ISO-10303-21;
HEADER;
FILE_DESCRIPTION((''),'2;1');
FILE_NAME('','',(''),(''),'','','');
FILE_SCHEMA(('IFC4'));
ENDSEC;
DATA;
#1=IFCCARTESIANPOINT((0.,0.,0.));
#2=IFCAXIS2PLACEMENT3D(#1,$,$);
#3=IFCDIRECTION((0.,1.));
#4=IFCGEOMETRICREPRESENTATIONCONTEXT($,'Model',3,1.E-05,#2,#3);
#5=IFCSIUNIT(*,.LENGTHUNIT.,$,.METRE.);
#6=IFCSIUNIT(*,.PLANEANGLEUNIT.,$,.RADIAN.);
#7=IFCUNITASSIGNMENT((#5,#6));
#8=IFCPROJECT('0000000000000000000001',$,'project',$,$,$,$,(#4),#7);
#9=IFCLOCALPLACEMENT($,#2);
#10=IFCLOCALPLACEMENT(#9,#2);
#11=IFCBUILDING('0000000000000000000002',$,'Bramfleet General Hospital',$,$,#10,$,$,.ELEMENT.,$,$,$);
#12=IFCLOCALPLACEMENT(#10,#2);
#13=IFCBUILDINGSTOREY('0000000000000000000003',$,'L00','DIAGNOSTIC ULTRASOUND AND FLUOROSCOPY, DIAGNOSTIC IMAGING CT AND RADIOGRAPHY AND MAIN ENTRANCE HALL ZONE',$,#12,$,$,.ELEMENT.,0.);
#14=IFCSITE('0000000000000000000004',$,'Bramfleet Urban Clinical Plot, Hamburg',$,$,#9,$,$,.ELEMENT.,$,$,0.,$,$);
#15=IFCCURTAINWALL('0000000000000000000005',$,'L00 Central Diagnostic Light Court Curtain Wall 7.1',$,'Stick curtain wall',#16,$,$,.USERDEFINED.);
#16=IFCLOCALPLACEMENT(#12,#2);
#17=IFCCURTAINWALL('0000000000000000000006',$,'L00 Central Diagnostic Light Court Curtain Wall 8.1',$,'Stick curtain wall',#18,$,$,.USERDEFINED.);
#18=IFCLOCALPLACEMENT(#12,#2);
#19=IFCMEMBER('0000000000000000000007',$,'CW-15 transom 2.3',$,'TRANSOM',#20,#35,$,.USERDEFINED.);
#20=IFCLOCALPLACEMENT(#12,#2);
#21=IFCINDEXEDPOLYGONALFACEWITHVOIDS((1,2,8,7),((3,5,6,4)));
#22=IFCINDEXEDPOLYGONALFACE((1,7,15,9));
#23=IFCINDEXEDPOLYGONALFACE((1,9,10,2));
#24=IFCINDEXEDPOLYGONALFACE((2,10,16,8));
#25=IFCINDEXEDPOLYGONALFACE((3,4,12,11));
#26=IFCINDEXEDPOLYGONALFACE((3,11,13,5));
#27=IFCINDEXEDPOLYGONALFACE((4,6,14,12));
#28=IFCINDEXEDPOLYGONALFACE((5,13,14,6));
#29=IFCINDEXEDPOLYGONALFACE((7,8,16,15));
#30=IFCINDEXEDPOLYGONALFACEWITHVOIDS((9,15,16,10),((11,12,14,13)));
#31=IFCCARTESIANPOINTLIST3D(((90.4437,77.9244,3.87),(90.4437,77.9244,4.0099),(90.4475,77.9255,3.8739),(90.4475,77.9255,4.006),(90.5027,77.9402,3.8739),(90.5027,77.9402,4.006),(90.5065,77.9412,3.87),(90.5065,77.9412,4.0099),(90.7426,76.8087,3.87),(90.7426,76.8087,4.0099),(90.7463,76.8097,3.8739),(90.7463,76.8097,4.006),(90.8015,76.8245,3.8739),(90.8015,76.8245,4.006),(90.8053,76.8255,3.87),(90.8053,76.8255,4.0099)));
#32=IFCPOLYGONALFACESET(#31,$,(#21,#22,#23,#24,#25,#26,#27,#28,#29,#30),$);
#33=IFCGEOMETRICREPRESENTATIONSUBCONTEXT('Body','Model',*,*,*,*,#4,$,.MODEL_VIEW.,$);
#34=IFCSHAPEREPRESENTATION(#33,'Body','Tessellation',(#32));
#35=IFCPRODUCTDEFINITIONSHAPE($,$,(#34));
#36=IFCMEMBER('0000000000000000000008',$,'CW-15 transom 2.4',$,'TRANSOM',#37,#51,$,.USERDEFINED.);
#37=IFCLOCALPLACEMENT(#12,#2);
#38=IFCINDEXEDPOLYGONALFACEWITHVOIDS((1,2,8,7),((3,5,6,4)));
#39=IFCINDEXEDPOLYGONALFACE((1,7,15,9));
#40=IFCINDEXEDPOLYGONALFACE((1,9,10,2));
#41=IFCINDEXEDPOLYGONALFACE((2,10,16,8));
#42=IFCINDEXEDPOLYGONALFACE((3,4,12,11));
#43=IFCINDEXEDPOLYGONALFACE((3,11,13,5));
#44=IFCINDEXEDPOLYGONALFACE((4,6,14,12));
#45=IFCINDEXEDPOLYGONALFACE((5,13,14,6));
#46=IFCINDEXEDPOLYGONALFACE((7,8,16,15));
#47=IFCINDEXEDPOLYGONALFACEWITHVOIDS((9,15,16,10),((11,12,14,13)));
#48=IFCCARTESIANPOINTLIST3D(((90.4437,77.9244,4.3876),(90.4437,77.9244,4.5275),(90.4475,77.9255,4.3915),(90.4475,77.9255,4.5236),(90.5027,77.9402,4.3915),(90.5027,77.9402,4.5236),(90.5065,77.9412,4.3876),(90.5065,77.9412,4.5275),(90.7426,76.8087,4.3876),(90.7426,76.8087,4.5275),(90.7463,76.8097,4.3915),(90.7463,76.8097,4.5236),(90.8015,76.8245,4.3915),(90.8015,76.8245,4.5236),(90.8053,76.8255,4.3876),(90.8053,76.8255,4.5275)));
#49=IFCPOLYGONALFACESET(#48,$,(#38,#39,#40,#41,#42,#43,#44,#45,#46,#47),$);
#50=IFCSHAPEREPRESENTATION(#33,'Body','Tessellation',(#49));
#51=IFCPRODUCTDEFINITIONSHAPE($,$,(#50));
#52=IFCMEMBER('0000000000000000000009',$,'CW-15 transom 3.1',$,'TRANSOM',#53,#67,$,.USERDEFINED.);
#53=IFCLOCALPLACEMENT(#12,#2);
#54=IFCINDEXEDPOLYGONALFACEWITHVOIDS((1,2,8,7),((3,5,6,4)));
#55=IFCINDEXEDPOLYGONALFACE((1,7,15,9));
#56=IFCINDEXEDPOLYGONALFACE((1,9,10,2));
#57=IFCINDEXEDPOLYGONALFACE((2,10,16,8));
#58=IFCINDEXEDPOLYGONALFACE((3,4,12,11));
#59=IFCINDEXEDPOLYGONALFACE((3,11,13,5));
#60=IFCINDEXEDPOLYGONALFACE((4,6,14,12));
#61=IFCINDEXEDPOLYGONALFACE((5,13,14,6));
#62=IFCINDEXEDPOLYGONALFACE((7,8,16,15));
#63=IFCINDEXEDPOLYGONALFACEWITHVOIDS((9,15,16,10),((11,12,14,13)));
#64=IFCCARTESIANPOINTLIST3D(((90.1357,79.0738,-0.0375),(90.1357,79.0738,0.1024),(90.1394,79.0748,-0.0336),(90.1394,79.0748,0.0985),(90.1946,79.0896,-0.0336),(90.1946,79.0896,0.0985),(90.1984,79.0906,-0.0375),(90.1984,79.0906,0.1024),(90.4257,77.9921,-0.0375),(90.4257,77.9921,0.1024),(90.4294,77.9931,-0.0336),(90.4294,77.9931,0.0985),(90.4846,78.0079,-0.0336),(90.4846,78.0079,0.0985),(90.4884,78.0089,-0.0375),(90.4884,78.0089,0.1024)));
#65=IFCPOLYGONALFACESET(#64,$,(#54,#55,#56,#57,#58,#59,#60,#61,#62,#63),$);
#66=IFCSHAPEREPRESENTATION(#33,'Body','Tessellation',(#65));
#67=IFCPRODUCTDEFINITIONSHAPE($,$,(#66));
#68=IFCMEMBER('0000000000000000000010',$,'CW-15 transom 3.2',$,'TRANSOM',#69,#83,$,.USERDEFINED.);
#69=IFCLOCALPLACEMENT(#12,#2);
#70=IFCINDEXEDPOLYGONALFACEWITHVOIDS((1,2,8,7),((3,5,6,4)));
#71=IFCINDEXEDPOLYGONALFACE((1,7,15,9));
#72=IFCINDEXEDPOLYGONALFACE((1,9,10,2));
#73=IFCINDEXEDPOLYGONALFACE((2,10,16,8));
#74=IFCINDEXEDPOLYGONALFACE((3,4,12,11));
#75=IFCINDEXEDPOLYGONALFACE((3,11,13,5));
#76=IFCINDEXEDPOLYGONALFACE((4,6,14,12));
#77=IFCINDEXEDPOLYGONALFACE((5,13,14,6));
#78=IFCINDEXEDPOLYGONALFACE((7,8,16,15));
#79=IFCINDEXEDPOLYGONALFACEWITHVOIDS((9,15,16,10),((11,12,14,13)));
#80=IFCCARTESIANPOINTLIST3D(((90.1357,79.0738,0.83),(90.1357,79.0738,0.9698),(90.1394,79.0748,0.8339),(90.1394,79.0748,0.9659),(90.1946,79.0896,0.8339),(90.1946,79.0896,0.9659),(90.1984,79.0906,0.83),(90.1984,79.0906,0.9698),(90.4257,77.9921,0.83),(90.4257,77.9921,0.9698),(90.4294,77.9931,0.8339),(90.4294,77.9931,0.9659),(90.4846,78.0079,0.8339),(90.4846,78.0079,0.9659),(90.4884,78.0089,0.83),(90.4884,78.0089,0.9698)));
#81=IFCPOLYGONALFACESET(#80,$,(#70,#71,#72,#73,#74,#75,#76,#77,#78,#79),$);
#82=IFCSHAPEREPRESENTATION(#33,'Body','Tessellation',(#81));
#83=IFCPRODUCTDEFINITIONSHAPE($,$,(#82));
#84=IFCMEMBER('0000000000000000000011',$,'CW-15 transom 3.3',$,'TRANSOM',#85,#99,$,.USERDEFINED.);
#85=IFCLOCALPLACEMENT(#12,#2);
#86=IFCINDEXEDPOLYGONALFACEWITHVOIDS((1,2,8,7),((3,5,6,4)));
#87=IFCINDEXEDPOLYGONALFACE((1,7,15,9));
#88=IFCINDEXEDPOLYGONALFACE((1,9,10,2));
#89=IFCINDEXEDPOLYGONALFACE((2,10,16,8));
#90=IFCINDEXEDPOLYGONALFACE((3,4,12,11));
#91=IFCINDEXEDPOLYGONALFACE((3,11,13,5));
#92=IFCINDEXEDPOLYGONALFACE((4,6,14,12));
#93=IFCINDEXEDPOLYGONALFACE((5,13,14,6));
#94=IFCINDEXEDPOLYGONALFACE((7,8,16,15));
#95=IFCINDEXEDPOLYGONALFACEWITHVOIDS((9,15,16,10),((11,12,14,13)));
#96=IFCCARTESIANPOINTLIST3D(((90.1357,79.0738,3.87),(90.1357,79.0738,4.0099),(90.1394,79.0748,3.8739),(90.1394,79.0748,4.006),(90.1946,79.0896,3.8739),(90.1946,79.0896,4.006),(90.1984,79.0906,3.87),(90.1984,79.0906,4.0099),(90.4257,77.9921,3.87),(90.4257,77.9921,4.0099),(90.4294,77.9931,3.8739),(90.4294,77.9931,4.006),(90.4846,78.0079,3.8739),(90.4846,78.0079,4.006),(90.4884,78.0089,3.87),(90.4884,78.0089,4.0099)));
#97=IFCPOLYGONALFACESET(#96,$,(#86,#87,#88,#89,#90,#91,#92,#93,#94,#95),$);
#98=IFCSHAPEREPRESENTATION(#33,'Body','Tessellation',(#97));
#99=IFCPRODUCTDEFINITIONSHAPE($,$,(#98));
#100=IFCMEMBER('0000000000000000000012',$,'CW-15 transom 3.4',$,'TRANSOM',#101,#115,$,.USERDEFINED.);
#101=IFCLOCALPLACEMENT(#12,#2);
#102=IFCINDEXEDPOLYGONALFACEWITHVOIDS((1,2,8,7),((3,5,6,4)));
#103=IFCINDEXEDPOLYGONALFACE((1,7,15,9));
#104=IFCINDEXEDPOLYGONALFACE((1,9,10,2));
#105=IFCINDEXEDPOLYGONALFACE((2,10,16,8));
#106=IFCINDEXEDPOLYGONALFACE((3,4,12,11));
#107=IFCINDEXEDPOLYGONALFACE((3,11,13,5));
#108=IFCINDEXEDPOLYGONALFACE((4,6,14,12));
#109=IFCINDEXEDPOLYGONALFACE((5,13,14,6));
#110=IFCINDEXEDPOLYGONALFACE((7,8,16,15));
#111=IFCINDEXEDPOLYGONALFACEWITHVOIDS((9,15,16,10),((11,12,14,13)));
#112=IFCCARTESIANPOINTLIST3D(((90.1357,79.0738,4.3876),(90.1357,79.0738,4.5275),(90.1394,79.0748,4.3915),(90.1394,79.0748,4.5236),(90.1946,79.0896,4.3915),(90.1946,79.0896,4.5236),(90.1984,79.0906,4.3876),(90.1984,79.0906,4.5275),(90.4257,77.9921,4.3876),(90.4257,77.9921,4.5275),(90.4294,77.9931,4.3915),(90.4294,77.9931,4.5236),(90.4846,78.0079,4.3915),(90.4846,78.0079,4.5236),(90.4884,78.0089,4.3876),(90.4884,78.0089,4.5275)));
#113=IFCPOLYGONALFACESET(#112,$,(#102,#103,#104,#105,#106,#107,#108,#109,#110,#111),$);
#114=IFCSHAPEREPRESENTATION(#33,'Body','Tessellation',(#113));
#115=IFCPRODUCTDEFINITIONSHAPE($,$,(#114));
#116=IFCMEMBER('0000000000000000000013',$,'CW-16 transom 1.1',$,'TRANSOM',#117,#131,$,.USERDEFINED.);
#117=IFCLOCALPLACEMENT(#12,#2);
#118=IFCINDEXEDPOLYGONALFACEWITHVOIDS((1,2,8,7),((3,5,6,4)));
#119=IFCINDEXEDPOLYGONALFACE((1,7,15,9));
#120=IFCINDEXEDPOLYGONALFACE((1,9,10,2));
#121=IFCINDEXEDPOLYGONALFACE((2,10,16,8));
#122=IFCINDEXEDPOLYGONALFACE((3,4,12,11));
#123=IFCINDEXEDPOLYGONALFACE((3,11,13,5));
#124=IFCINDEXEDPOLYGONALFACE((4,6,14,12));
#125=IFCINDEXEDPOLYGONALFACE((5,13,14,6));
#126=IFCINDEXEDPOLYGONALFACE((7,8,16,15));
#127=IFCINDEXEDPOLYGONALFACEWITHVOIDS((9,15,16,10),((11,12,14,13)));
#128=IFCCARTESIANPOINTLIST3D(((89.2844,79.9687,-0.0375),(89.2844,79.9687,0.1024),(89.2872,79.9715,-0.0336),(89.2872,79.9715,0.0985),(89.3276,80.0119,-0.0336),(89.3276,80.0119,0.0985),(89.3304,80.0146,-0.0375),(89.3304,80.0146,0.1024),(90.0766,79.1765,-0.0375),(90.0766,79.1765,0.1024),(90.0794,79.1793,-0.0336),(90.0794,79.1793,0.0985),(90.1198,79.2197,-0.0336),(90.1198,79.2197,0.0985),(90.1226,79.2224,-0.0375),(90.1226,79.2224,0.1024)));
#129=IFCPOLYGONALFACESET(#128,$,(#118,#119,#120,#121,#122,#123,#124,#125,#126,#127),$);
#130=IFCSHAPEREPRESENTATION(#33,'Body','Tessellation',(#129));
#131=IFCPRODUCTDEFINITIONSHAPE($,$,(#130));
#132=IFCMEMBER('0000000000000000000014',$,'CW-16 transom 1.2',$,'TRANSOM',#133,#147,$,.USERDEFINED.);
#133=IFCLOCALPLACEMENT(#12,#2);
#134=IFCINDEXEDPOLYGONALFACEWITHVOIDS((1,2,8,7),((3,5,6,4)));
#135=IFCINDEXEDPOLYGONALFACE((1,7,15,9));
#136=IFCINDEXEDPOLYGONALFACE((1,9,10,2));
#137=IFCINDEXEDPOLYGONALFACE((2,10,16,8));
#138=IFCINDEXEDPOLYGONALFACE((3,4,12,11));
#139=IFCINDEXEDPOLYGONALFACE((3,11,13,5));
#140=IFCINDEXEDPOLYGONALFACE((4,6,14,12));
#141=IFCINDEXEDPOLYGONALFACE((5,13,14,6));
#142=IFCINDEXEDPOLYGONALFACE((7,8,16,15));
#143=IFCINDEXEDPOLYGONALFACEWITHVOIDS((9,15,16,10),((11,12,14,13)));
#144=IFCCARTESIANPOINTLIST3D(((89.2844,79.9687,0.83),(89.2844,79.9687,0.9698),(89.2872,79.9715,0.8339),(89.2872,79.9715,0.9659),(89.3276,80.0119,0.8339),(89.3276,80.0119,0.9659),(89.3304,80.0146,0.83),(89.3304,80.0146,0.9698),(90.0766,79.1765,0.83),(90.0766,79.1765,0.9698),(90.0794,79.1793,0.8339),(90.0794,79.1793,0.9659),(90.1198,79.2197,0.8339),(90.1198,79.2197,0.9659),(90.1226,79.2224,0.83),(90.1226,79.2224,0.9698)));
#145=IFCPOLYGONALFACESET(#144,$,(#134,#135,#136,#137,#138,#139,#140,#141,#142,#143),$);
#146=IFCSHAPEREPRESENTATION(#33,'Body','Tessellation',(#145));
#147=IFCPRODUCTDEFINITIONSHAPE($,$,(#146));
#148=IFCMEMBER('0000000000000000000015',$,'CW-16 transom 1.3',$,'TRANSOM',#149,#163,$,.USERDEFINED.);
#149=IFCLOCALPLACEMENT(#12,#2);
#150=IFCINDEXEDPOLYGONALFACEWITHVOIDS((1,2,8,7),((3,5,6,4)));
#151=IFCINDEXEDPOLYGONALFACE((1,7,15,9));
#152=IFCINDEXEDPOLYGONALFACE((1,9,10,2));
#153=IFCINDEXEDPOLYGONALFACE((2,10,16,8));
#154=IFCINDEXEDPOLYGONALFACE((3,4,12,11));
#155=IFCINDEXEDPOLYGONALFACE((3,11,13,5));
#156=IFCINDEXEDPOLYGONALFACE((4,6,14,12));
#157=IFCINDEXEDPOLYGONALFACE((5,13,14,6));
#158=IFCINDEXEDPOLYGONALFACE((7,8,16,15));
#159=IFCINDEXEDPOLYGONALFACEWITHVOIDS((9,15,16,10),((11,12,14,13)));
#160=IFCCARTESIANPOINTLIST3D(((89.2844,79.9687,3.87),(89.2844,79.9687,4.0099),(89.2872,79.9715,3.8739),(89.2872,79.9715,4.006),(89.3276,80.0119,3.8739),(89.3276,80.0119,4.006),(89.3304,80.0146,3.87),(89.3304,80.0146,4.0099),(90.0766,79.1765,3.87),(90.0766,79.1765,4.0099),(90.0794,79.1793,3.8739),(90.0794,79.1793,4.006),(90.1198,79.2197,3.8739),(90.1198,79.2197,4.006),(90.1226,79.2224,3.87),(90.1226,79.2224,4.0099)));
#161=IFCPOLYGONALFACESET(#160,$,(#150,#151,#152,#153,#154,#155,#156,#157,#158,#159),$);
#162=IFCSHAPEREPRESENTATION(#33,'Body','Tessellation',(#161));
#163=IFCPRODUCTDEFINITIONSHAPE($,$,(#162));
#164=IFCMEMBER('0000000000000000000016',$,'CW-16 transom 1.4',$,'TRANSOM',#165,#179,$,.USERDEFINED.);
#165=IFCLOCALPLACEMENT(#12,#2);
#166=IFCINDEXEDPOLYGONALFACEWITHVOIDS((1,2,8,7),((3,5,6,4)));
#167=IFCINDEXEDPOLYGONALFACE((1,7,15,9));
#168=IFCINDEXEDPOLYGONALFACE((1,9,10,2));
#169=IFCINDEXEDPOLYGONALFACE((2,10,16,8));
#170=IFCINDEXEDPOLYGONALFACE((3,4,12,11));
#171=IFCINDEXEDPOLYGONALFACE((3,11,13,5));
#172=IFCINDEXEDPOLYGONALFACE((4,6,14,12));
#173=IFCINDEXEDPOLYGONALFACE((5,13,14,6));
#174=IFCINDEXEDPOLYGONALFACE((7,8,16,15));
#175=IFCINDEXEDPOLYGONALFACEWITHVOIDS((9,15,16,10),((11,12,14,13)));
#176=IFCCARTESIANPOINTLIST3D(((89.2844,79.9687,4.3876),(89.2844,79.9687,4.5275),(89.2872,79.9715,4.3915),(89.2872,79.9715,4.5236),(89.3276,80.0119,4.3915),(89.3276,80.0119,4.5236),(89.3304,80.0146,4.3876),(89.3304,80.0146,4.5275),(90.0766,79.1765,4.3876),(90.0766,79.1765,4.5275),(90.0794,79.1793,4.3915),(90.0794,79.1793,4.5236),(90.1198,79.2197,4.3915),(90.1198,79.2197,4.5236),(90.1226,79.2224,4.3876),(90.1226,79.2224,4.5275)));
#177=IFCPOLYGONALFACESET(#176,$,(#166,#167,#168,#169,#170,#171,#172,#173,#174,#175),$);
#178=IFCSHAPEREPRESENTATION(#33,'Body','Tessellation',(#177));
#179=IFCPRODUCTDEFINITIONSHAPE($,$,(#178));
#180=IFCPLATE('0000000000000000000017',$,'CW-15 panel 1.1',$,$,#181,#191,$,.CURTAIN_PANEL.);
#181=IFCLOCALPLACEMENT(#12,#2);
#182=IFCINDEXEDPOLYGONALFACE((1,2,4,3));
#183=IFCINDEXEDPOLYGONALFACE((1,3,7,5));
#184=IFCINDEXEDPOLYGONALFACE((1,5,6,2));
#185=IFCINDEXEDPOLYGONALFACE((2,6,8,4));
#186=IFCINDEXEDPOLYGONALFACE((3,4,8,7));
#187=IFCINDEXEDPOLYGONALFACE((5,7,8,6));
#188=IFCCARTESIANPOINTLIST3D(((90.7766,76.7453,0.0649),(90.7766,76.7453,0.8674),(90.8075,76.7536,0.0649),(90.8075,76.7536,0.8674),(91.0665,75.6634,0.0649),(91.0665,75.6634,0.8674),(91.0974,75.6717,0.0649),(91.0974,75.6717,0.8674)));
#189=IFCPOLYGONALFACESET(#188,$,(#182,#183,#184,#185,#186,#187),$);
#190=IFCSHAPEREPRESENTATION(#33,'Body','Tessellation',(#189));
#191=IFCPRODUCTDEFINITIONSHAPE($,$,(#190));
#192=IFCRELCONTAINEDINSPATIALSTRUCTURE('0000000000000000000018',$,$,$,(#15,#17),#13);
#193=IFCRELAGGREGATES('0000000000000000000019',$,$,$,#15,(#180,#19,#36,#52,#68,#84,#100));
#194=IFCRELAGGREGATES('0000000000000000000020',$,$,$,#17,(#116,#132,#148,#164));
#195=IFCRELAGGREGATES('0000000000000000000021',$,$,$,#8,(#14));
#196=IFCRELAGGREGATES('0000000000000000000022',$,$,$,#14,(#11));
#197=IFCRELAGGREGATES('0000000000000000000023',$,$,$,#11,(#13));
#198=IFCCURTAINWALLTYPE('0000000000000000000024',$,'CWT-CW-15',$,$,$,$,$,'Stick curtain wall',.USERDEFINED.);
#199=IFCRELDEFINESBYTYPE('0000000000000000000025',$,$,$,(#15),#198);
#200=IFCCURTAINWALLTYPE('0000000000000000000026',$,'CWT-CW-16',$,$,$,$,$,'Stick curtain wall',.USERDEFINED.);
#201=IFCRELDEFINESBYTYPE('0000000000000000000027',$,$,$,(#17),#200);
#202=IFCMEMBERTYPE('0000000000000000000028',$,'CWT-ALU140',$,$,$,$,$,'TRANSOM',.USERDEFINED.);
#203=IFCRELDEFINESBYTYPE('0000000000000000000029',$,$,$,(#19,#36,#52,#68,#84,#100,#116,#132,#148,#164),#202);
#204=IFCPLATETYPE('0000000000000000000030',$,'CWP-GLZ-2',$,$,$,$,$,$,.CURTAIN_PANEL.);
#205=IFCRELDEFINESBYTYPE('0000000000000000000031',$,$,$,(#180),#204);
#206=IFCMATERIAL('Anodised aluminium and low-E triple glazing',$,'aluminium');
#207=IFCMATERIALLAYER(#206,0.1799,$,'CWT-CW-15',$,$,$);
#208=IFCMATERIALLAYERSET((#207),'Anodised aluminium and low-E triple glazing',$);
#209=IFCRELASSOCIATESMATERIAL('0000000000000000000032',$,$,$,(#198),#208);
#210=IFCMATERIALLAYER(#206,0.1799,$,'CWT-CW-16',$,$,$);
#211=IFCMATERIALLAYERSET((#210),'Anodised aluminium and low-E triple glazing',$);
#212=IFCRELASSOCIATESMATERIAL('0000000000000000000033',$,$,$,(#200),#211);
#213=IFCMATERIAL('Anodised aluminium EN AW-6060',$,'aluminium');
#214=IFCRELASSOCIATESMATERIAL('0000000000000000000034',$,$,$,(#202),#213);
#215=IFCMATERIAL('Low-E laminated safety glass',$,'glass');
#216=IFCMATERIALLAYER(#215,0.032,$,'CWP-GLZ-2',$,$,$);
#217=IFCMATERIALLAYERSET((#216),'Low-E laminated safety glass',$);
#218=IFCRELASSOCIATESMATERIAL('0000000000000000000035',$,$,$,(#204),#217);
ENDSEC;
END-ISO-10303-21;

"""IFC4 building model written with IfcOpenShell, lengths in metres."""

from ifc_helpers import new_model, si_unit, direction, frame, origin, origin_2d, place, context, subcontext, project, spatial, rectangle, hollow_rectangle, extrude, material, layer, layer_set, material_profile, profile_set, type_object, element, aggregate, save


model = new_model("IFC4")

# Units and contexts
model_context = context("Model", 3, precision=1e-05, world=origin(), true_north=direction((0.0, 1.0)))
body_context = subcontext(model_context, "Body", "Model", "MODEL_VIEW")
ifc_project = project(units=[si_unit("LENGTHUNIT", "METRE"), si_unit("PLANEANGLEUNIT", "RADIAN")], contexts=[model_context])

# Site, building, storey
site_placement = place(None, origin())
site = spatial("IfcSite", under=ifc_project, at=site_placement, Name="Bramfleet Urban Clinical Plot, Hamburg", CompositionType="ELEMENT", RefElevation=0.0)
building_placement = place(site_placement, origin())
building = spatial("IfcBuilding", under=site, at=building_placement, Name="Bramfleet General Hospital", CompositionType="ELEMENT")
storey_placement = place(building_placement, origin())
storey = spatial("IfcBuildingStorey", under=building, at=storey_placement, Name="L00", Description="DIAGNOSTIC ULTRASOUND AND FLUOROSCOPY, DIAGNOSTIC IMAGING CT AND RADIOGRAPHY AND MAIN ENTRANCE HALL ZONE", CompositionType="ELEMENT", Elevation=0.0)

# Curtain wall
ifc_material_1 = material(Name="Anodised aluminium and low-E triple glazing", Category="aluminium")
ifc_layer_1 = layer(ifc_material_1, 0.1799, Name="CWT-CW-15")
ifc_layer_set_1 = layer_set([ifc_layer_1], Name="Anodised aluminium and low-E triple glazing")
curtain_wall_type_1 = type_object("IfcCurtainWallType", Name="CWT-CW-15", ElementType="Stick curtain wall", PredefinedType="USERDEFINED", material=ifc_layer_set_1)
curtain_wall_1_placement = place(storey_placement, origin())
curtain_wall_1 = element("IfcCurtainWall", 1, at=curtain_wall_1_placement, inside=storey, type_object=curtain_wall_type_1, Name="L00 Central Diagnostic Light Court Curtain Wall 7.1", ObjectType="Stick curtain wall", PredefinedType="USERDEFINED")
ifc_material_2 = material(Name="Anodised aluminium EN AW-6060", Category="aluminium")

# Curtain wall
ifc_layer_2 = layer(ifc_material_1, 0.1799, Name="CWT-CW-16")
ifc_layer_set_2 = layer_set([ifc_layer_2], Name="Anodised aluminium and low-E triple glazing")
curtain_wall_type_2 = type_object("IfcCurtainWallType", Name="CWT-CW-16", ElementType="Stick curtain wall", PredefinedType="USERDEFINED", material=ifc_layer_set_2)
curtain_wall_2_placement = place(storey_placement, origin())
curtain_wall_2 = element("IfcCurtainWall", 2, at=curtain_wall_2_placement, inside=storey, type_object=curtain_wall_type_2, Name="L00 Central Diagnostic Light Court Curtain Wall 8.1", ObjectType="Stick curtain wall", PredefinedType="USERDEFINED")

# Members
ifc_material_profile_1 = material_profile(ifc_material_2, hollow_rectangle(XDim=0.0649, YDim=0.1399, WallThickness=0.0039, at=origin_2d()), Name="ALU 140x65x4.0")
ifc_profile_set_1 = profile_set([ifc_material_profile_1], Name="Anodised aluminium EN AW-6060")
member_type_1 = type_object("IfcMemberType", Name="CWT-ALU140", ElementType="TRANSOM", PredefinedType="USERDEFINED", material=ifc_profile_set_1)
member_1_placement = place(storey_placement, frame((90.7739, 76.8171, 3.9399), z_axis=(-0.258715, 0.965954, 0.0), x_axis=(-0.965954, -0.258715, 0.0)))
member_1 = element("IfcMember", 3, at=member_1_placement, type_object=member_type_1, Name="CW-15 transom 2.3", ObjectType="TRANSOM", PredefinedType="USERDEFINED", context=body_context, shape_type="SweptSolid", body=[
    extrude(hollow_rectangle(XDim=0.0649, YDim=0.1399, WallThickness=0.0039, at=origin_2d()), origin(), (0.0, 0.0, 1.0), 1.155),
])
member_2_placement = place(storey_placement, frame((90.7739, 76.8171, 4.4575), z_axis=(-0.258715, 0.965954, 0.0), x_axis=(-0.965954, -0.258715, 0.0)))
member_2 = element("IfcMember", 4, at=member_2_placement, type_object=member_type_1, Name="CW-15 transom 2.4", ObjectType="TRANSOM", PredefinedType="USERDEFINED", context=body_context, shape_type="SweptSolid", body=[
    extrude(hollow_rectangle(XDim=0.0649, YDim=0.1399, WallThickness=0.0039, at=origin_2d()), origin(), (0.0, 0.0, 1.0), 1.155),
])
member_3_placement = place(storey_placement, frame((90.457, 78.0005, 0.0325), z_axis=(-0.258965, 0.965887, 0.0), x_axis=(-0.965887, -0.258965, 0.0)))
member_3 = element("IfcMember", 5, at=member_3_placement, type_object=member_type_1, Name="CW-15 transom 3.1", ObjectType="TRANSOM", PredefinedType="USERDEFINED", context=body_context, shape_type="SweptSolid", body=[
    extrude(hollow_rectangle(XDim=0.0649, YDim=0.1399, WallThickness=0.0039, at=origin_2d()), origin(), (0.0, 0.0, 1.0), 1.1199),
])
member_4_placement = place(storey_placement, frame((90.457, 78.0005, 0.8999), z_axis=(-0.258965, 0.965887, 0.0), x_axis=(-0.965887, -0.258965, 0.0)))
member_4 = element("IfcMember", 6, at=member_4_placement, type_object=member_type_1, Name="CW-15 transom 3.2", ObjectType="TRANSOM", PredefinedType="USERDEFINED", context=body_context, shape_type="SweptSolid", body=[
    extrude(hollow_rectangle(XDim=0.0649, YDim=0.1399, WallThickness=0.0039, at=origin_2d()), origin(), (0.0, 0.0, 1.0), 1.1199),
])
member_5_placement = place(storey_placement, frame((90.457, 78.0005, 3.9399), z_axis=(-0.258965, 0.965887, 0.0), x_axis=(-0.965887, -0.258965, 0.0)))
member_5 = element("IfcMember", 7, at=member_5_placement, type_object=member_type_1, Name="CW-15 transom 3.3", ObjectType="TRANSOM", PredefinedType="USERDEFINED", context=body_context, shape_type="SweptSolid", body=[
    extrude(hollow_rectangle(XDim=0.0649, YDim=0.1399, WallThickness=0.0039, at=origin_2d()), origin(), (0.0, 0.0, 1.0), 1.1199),
])
member_6_placement = place(storey_placement, frame((90.457, 78.0005, 4.4575), z_axis=(-0.258965, 0.965887, 0.0), x_axis=(-0.965887, -0.258965, 0.0)))
member_6 = element("IfcMember", 8, at=member_6_placement, type_object=member_type_1, Name="CW-15 transom 3.4", ObjectType="TRANSOM", PredefinedType="USERDEFINED", context=body_context, shape_type="SweptSolid", body=[
    extrude(hollow_rectangle(XDim=0.0649, YDim=0.1399, WallThickness=0.0039, at=origin_2d()), origin(), (0.0, 0.0, 1.0), 1.1199),
])
member_7_placement = place(storey_placement, frame((90.0996, 79.1995, 0.0325), z_axis=(-0.707107, 0.707107, 0.0), x_axis=(-0.707107, -0.707107, 0.0)))
member_7 = element("IfcMember", 9, at=member_7_placement, type_object=member_type_1, Name="CW-16 transom 1.1", ObjectType="TRANSOM", PredefinedType="USERDEFINED", context=body_context, shape_type="SweptSolid", body=[
    extrude(hollow_rectangle(XDim=0.0649, YDim=0.1399, WallThickness=0.0039, at=origin_2d()), origin(), (0.0, 0.0, 1.0), 1.1204),
])
member_8_placement = place(storey_placement, frame((90.0996, 79.1995, 0.8999), z_axis=(-0.707107, 0.707107, 0.0), x_axis=(-0.707107, -0.707107, 0.0)))
member_8 = element("IfcMember", 10, at=member_8_placement, type_object=member_type_1, Name="CW-16 transom 1.2", ObjectType="TRANSOM", PredefinedType="USERDEFINED", context=body_context, shape_type="SweptSolid", body=[
    extrude(hollow_rectangle(XDim=0.0649, YDim=0.1399, WallThickness=0.0039, at=origin_2d()), origin(), (0.0, 0.0, 1.0), 1.1204),
])
member_9_placement = place(storey_placement, frame((90.0996, 79.1995, 3.9399), z_axis=(-0.707107, 0.707107, 0.0), x_axis=(-0.707107, -0.707107, 0.0)))
member_9 = element("IfcMember", 11, at=member_9_placement, type_object=member_type_1, Name="CW-16 transom 1.3", ObjectType="TRANSOM", PredefinedType="USERDEFINED", context=body_context, shape_type="SweptSolid", body=[
    extrude(hollow_rectangle(XDim=0.0649, YDim=0.1399, WallThickness=0.0039, at=origin_2d()), origin(), (0.0, 0.0, 1.0), 1.1204),
])
member_10_placement = place(storey_placement, frame((90.0996, 79.1995, 4.4575), z_axis=(-0.707107, 0.707107, 0.0), x_axis=(-0.707107, -0.707107, 0.0)))
member_10 = element("IfcMember", 12, at=member_10_placement, type_object=member_type_1, Name="CW-16 transom 1.4", ObjectType="TRANSOM", PredefinedType="USERDEFINED", context=body_context, shape_type="SweptSolid", body=[
    extrude(hollow_rectangle(XDim=0.0649, YDim=0.1399, WallThickness=0.0039, at=origin_2d()), origin(), (0.0, 0.0, 1.0), 1.1204),
])

# Plate
ifc_material_3 = material(Name="Low-E laminated safety glass", Category="glass")
ifc_layer_3 = layer(ifc_material_3, 0.032, Name="CWP-GLZ-2")
ifc_layer_set_3 = layer_set([ifc_layer_3], Name="Low-E laminated safety glass")
plate_type = type_object("IfcPlateType", Name="CWP-GLZ-2", PredefinedType="CURTAIN_PANEL", material=ifc_layer_set_3)
plate_1_placement = place(storey_placement, frame((90.937, 76.2085, 0.0649), z_axis=(0.0, 0.0, 1.0), x_axis=(-0.258763, 0.965941, 0.0)))
plate_1 = element("IfcPlate", 13, at=plate_1_placement, type_object=plate_type, Name="CW-15 panel 1.1", PredefinedType="CURTAIN_PANEL", context=body_context, shape_type="SweptSolid", body=[
    extrude(rectangle(XDim=1.1201, YDim=0.032, at=origin_2d()), origin(), (0.0, 0.0, 1.0), 0.8025),
])
aggregate(curtain_wall_1, [plate_1, member_1, member_2, member_3, member_4, member_5, member_6])
aggregate(curtain_wall_2, [member_7, member_8, member_9, member_10])

save(model, "model.ifc")
